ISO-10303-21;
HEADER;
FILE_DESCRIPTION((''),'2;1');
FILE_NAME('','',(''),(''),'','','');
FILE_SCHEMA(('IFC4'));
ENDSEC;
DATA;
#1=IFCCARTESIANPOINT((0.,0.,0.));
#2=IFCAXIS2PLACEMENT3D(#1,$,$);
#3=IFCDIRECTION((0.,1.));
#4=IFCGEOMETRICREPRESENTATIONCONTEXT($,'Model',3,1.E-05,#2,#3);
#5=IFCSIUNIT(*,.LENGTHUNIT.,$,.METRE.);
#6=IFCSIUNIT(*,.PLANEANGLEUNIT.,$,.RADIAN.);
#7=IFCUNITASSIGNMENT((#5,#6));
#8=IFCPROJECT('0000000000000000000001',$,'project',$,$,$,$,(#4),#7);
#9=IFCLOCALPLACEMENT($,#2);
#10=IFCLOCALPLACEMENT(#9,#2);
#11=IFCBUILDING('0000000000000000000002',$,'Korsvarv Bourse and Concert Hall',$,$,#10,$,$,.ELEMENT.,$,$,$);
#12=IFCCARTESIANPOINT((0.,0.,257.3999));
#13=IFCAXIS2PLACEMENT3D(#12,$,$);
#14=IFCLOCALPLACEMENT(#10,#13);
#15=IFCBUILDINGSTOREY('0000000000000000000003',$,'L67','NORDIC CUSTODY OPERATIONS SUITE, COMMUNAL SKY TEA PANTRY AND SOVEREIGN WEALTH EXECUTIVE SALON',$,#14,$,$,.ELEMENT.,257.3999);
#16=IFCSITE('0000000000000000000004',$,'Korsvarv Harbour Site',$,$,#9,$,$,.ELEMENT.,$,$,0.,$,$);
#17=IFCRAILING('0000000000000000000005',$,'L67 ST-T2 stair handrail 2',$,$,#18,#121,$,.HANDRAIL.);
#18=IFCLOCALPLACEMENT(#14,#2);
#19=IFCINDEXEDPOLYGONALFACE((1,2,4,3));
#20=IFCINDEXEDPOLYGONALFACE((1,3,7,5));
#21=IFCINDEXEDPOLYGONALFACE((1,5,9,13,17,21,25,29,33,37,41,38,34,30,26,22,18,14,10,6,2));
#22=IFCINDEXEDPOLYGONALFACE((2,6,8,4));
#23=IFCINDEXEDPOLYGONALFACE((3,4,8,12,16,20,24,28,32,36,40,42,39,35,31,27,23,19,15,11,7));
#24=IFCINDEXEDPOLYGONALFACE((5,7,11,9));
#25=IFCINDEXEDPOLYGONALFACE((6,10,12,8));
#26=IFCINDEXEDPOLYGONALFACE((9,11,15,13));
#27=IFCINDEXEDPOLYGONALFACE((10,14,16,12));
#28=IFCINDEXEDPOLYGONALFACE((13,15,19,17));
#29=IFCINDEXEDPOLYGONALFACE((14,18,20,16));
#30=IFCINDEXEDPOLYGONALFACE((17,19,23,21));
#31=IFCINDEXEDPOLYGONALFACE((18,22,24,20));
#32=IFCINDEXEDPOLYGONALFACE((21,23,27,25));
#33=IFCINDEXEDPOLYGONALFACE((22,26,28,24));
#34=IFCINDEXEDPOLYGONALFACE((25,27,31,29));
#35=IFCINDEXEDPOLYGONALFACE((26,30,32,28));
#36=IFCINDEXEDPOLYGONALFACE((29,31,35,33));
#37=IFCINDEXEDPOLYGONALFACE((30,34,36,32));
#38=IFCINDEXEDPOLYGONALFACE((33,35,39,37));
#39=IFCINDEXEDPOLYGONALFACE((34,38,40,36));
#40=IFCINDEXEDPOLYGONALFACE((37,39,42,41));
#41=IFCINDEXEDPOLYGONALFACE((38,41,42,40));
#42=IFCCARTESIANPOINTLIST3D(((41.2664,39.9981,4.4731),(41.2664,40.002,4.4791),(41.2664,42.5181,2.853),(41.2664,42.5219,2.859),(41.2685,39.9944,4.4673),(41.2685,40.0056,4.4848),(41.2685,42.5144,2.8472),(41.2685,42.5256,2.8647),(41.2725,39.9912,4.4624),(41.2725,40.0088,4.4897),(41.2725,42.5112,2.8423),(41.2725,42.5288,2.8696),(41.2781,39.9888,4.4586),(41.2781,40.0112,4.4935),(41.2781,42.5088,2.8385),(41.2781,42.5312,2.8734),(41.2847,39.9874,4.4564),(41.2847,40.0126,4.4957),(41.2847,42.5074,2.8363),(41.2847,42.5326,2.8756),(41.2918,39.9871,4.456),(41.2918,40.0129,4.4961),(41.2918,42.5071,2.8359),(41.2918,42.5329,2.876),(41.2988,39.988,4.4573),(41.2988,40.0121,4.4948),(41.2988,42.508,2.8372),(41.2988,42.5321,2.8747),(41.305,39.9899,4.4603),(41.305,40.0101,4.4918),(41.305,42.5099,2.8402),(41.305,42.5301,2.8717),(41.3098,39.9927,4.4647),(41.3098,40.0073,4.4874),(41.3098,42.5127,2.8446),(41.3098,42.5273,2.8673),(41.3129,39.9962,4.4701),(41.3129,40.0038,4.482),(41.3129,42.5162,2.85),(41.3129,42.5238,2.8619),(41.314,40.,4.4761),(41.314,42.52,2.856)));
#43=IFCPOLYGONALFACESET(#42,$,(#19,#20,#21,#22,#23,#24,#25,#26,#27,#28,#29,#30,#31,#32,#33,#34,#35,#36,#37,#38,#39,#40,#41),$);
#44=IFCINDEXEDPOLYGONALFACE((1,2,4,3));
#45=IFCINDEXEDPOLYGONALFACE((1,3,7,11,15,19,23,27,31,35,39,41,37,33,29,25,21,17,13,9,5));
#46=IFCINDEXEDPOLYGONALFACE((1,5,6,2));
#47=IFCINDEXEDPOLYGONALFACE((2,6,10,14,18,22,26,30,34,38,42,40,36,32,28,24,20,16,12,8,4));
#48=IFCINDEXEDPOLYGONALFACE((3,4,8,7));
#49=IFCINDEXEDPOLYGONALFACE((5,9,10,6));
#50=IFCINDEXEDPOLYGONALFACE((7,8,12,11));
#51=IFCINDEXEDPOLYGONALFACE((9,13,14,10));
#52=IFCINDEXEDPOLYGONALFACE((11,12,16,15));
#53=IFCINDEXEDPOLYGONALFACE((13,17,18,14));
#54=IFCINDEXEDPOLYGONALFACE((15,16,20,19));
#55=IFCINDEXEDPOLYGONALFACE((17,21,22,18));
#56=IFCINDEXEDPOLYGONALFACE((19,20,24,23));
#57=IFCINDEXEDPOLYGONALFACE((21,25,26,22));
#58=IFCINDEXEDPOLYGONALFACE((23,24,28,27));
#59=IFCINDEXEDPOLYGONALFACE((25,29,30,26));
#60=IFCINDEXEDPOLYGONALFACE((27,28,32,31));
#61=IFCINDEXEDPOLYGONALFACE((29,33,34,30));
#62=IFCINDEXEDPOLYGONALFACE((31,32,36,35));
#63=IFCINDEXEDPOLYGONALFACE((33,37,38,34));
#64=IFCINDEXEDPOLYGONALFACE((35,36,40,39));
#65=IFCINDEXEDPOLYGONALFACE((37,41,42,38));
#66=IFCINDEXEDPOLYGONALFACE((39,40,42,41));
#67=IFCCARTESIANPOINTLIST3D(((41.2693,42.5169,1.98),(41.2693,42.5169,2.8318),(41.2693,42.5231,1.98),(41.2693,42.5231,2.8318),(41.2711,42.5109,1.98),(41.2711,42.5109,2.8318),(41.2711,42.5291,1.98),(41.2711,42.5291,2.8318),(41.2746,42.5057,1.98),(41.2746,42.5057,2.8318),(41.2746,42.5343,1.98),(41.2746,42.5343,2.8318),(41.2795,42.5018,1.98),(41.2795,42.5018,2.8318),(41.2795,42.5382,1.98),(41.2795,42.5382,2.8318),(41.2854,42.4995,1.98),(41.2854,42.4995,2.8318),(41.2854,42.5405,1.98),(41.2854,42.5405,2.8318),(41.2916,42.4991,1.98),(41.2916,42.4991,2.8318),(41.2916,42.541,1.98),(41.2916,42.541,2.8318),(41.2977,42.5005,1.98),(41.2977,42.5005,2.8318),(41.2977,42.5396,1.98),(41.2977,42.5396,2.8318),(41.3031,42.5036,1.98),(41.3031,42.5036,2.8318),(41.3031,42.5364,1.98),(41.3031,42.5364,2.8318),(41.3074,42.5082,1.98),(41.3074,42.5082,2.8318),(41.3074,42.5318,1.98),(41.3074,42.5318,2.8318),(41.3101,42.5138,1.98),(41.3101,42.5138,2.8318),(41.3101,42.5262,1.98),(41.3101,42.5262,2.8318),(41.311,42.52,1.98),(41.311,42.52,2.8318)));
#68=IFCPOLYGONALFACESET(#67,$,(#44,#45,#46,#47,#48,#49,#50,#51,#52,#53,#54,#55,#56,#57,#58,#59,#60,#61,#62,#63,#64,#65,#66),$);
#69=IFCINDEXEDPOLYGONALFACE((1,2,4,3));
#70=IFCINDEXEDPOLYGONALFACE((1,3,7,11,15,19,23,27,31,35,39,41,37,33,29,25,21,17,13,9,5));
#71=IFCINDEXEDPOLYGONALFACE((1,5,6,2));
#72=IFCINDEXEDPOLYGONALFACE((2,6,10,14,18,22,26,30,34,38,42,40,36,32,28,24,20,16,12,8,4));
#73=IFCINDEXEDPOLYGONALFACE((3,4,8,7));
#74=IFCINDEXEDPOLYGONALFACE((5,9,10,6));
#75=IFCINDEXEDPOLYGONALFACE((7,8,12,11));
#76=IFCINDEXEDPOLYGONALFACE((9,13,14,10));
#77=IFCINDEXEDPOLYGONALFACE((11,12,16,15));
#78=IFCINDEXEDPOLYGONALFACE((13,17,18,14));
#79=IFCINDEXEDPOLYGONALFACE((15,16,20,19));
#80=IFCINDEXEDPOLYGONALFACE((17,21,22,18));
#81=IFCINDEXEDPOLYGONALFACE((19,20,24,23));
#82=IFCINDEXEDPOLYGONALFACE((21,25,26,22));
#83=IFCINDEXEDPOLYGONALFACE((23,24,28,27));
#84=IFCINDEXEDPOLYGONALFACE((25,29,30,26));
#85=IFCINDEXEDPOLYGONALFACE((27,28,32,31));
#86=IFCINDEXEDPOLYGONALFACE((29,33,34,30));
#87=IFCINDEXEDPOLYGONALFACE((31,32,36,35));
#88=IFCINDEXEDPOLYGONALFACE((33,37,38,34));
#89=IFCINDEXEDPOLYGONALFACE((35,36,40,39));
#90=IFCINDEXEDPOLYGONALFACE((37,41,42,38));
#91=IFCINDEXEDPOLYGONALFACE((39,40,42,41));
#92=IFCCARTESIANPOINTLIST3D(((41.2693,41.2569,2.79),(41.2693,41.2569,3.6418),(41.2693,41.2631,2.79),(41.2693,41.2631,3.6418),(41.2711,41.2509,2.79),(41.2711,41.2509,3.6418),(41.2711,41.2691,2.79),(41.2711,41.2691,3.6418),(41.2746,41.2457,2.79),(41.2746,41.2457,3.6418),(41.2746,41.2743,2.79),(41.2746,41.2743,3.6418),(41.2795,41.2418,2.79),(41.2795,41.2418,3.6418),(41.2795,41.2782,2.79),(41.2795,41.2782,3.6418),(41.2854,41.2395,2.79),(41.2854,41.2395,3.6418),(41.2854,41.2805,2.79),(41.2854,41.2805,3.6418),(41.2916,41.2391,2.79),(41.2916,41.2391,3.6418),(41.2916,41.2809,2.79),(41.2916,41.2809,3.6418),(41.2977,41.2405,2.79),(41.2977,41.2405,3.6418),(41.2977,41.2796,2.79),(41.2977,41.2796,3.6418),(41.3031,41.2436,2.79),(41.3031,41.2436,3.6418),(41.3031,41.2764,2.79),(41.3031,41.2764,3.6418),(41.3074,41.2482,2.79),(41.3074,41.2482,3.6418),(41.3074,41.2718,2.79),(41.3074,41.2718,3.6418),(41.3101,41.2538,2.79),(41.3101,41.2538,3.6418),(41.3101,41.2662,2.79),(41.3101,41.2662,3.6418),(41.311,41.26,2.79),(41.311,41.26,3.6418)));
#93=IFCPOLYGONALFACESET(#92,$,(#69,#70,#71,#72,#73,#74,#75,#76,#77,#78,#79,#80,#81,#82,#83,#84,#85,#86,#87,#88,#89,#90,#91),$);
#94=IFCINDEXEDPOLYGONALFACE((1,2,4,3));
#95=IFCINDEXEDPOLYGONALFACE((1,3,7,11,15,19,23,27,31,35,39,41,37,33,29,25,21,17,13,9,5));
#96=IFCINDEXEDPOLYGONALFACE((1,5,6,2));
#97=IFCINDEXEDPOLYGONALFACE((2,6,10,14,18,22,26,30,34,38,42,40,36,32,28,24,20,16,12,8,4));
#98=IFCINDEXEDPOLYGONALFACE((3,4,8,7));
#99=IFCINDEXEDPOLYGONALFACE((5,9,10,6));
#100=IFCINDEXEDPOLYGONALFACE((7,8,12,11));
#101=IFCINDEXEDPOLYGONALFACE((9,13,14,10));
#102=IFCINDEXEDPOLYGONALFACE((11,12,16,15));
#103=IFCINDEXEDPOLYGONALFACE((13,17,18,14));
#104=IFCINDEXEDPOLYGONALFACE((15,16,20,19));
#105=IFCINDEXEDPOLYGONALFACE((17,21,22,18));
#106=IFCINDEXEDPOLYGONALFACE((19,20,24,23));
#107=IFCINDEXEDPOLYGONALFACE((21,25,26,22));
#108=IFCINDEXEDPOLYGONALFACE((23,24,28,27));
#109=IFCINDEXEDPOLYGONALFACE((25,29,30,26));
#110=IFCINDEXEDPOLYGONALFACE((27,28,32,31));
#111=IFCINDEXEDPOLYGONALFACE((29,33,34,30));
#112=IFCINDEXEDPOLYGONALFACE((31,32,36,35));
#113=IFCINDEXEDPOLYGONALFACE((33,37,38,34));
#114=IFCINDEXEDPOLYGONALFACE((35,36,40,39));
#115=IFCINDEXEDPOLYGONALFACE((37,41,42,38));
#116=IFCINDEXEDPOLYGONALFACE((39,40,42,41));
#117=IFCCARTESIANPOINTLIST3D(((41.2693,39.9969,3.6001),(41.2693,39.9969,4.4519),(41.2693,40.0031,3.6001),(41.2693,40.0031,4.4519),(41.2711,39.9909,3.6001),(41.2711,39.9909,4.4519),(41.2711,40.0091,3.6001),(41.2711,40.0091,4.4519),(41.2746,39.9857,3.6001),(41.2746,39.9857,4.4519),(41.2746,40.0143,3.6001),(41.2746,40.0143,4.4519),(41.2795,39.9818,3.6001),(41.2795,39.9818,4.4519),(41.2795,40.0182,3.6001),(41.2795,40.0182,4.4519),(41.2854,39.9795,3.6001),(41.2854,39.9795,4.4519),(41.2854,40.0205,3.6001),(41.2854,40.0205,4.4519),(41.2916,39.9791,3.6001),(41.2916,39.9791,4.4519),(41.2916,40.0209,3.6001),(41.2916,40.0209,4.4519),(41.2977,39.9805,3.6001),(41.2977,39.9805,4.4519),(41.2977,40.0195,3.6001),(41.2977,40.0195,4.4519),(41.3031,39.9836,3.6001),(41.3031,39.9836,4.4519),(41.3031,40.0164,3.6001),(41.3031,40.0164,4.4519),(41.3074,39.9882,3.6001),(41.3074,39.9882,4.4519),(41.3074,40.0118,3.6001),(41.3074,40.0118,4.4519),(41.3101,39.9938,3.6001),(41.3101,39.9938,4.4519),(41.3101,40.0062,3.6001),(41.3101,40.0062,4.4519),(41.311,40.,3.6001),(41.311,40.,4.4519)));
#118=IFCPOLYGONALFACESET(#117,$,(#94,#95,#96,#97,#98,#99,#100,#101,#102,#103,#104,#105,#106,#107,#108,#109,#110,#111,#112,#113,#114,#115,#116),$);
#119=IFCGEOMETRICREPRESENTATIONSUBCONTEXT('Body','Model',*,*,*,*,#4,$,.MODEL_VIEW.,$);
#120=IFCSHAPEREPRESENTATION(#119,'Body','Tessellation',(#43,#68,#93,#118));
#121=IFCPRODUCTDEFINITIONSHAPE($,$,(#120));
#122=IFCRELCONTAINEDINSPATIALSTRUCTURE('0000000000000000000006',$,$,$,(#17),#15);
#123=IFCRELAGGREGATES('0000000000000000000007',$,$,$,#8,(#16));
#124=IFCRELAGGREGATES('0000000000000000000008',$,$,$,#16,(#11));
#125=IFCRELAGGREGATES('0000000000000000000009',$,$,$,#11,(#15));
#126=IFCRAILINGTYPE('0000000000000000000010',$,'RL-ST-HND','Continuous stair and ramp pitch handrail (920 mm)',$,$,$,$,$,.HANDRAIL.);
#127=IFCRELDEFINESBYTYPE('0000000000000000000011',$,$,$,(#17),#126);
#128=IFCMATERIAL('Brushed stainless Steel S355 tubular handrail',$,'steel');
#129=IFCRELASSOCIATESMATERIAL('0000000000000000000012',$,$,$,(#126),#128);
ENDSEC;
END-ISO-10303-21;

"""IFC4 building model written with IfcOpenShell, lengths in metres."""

from ifc_helpers import new_model, si_unit, direction, frame, origin, origin_2d, place, context, subcontext, project, spatial, circle, extrude, material, type_object, element, save


model = new_model("IFC4")

# Units and contexts
model_context = context("Model", 3, precision=1e-05, world=origin(), true_north=direction((0.0, 1.0)))
body_context = subcontext(model_context, "Body", "Model", "MODEL_VIEW")
ifc_project = project(units=[si_unit("LENGTHUNIT", "METRE"), si_unit("PLANEANGLEUNIT", "RADIAN")], contexts=[model_context])

# Site, building, storey
site_placement = place(None, origin())
site = spatial("IfcSite", under=ifc_project, at=site_placement, Name="Korsvarv Harbour Site", CompositionType="ELEMENT", RefElevation=0.0)
building_placement = place(site_placement, origin())
building = spatial("IfcBuilding", under=site, at=building_placement, Name="Korsvarv Bourse and Concert Hall", CompositionType="ELEMENT")
storey_placement = place(building_placement, frame((0.0, 0.0, 257.3999)))
storey = spatial("IfcBuildingStorey", under=building, at=storey_placement, Name="L67", Description="NORDIC CUSTODY OPERATIONS SUITE, COMMUNAL SKY TEA PANTRY AND SOVEREIGN WEALTH EXECUTIVE SALON", CompositionType="ELEMENT", Elevation=257.3999)

# Railing
ifc_material_1 = material(Name="Brushed stainless Steel S355 tubular handrail", Category="steel")
railing_type = type_object("IfcRailingType", Name="RL-ST-HND", Description="Continuous stair and ramp pitch handrail (920 mm)", PredefinedType="HANDRAIL", material=ifc_material_1)
railing_placement = place(storey_placement, frame((41.29, 42.52, 1.98)))
element("IfcRailing", 1, at=railing_placement, inside=storey, type_object=railing_type, Name="L67 ST-T2 stair handrail 2", PredefinedType="HANDRAIL", context=body_context, shape_type="SweptSolid", body=[
    extrude(circle(Radius=0.0239, at=origin_2d()), frame((0.0, 0.0, 0.876), z_axis=(0.0, -0.841163, 0.540782), x_axis=(1.0, 0.0, 0.0)), (0.0, 0.0, 1.0), 2.9958),
    extrude(circle(Radius=0.021, at=origin_2d()), origin(), (0.0, 0.0, 1.0), 0.8518),
    extrude(circle(Radius=0.021, at=origin_2d()), frame((0.0, -1.26, 0.8101)), (0.0, 0.0, 1.0), 0.8518),
    extrude(circle(Radius=0.021, at=origin_2d()), frame((0.0, -2.52, 1.6201)), (0.0, 0.0, 1.0), 0.8518),
])

save(model, "model.ifc")
